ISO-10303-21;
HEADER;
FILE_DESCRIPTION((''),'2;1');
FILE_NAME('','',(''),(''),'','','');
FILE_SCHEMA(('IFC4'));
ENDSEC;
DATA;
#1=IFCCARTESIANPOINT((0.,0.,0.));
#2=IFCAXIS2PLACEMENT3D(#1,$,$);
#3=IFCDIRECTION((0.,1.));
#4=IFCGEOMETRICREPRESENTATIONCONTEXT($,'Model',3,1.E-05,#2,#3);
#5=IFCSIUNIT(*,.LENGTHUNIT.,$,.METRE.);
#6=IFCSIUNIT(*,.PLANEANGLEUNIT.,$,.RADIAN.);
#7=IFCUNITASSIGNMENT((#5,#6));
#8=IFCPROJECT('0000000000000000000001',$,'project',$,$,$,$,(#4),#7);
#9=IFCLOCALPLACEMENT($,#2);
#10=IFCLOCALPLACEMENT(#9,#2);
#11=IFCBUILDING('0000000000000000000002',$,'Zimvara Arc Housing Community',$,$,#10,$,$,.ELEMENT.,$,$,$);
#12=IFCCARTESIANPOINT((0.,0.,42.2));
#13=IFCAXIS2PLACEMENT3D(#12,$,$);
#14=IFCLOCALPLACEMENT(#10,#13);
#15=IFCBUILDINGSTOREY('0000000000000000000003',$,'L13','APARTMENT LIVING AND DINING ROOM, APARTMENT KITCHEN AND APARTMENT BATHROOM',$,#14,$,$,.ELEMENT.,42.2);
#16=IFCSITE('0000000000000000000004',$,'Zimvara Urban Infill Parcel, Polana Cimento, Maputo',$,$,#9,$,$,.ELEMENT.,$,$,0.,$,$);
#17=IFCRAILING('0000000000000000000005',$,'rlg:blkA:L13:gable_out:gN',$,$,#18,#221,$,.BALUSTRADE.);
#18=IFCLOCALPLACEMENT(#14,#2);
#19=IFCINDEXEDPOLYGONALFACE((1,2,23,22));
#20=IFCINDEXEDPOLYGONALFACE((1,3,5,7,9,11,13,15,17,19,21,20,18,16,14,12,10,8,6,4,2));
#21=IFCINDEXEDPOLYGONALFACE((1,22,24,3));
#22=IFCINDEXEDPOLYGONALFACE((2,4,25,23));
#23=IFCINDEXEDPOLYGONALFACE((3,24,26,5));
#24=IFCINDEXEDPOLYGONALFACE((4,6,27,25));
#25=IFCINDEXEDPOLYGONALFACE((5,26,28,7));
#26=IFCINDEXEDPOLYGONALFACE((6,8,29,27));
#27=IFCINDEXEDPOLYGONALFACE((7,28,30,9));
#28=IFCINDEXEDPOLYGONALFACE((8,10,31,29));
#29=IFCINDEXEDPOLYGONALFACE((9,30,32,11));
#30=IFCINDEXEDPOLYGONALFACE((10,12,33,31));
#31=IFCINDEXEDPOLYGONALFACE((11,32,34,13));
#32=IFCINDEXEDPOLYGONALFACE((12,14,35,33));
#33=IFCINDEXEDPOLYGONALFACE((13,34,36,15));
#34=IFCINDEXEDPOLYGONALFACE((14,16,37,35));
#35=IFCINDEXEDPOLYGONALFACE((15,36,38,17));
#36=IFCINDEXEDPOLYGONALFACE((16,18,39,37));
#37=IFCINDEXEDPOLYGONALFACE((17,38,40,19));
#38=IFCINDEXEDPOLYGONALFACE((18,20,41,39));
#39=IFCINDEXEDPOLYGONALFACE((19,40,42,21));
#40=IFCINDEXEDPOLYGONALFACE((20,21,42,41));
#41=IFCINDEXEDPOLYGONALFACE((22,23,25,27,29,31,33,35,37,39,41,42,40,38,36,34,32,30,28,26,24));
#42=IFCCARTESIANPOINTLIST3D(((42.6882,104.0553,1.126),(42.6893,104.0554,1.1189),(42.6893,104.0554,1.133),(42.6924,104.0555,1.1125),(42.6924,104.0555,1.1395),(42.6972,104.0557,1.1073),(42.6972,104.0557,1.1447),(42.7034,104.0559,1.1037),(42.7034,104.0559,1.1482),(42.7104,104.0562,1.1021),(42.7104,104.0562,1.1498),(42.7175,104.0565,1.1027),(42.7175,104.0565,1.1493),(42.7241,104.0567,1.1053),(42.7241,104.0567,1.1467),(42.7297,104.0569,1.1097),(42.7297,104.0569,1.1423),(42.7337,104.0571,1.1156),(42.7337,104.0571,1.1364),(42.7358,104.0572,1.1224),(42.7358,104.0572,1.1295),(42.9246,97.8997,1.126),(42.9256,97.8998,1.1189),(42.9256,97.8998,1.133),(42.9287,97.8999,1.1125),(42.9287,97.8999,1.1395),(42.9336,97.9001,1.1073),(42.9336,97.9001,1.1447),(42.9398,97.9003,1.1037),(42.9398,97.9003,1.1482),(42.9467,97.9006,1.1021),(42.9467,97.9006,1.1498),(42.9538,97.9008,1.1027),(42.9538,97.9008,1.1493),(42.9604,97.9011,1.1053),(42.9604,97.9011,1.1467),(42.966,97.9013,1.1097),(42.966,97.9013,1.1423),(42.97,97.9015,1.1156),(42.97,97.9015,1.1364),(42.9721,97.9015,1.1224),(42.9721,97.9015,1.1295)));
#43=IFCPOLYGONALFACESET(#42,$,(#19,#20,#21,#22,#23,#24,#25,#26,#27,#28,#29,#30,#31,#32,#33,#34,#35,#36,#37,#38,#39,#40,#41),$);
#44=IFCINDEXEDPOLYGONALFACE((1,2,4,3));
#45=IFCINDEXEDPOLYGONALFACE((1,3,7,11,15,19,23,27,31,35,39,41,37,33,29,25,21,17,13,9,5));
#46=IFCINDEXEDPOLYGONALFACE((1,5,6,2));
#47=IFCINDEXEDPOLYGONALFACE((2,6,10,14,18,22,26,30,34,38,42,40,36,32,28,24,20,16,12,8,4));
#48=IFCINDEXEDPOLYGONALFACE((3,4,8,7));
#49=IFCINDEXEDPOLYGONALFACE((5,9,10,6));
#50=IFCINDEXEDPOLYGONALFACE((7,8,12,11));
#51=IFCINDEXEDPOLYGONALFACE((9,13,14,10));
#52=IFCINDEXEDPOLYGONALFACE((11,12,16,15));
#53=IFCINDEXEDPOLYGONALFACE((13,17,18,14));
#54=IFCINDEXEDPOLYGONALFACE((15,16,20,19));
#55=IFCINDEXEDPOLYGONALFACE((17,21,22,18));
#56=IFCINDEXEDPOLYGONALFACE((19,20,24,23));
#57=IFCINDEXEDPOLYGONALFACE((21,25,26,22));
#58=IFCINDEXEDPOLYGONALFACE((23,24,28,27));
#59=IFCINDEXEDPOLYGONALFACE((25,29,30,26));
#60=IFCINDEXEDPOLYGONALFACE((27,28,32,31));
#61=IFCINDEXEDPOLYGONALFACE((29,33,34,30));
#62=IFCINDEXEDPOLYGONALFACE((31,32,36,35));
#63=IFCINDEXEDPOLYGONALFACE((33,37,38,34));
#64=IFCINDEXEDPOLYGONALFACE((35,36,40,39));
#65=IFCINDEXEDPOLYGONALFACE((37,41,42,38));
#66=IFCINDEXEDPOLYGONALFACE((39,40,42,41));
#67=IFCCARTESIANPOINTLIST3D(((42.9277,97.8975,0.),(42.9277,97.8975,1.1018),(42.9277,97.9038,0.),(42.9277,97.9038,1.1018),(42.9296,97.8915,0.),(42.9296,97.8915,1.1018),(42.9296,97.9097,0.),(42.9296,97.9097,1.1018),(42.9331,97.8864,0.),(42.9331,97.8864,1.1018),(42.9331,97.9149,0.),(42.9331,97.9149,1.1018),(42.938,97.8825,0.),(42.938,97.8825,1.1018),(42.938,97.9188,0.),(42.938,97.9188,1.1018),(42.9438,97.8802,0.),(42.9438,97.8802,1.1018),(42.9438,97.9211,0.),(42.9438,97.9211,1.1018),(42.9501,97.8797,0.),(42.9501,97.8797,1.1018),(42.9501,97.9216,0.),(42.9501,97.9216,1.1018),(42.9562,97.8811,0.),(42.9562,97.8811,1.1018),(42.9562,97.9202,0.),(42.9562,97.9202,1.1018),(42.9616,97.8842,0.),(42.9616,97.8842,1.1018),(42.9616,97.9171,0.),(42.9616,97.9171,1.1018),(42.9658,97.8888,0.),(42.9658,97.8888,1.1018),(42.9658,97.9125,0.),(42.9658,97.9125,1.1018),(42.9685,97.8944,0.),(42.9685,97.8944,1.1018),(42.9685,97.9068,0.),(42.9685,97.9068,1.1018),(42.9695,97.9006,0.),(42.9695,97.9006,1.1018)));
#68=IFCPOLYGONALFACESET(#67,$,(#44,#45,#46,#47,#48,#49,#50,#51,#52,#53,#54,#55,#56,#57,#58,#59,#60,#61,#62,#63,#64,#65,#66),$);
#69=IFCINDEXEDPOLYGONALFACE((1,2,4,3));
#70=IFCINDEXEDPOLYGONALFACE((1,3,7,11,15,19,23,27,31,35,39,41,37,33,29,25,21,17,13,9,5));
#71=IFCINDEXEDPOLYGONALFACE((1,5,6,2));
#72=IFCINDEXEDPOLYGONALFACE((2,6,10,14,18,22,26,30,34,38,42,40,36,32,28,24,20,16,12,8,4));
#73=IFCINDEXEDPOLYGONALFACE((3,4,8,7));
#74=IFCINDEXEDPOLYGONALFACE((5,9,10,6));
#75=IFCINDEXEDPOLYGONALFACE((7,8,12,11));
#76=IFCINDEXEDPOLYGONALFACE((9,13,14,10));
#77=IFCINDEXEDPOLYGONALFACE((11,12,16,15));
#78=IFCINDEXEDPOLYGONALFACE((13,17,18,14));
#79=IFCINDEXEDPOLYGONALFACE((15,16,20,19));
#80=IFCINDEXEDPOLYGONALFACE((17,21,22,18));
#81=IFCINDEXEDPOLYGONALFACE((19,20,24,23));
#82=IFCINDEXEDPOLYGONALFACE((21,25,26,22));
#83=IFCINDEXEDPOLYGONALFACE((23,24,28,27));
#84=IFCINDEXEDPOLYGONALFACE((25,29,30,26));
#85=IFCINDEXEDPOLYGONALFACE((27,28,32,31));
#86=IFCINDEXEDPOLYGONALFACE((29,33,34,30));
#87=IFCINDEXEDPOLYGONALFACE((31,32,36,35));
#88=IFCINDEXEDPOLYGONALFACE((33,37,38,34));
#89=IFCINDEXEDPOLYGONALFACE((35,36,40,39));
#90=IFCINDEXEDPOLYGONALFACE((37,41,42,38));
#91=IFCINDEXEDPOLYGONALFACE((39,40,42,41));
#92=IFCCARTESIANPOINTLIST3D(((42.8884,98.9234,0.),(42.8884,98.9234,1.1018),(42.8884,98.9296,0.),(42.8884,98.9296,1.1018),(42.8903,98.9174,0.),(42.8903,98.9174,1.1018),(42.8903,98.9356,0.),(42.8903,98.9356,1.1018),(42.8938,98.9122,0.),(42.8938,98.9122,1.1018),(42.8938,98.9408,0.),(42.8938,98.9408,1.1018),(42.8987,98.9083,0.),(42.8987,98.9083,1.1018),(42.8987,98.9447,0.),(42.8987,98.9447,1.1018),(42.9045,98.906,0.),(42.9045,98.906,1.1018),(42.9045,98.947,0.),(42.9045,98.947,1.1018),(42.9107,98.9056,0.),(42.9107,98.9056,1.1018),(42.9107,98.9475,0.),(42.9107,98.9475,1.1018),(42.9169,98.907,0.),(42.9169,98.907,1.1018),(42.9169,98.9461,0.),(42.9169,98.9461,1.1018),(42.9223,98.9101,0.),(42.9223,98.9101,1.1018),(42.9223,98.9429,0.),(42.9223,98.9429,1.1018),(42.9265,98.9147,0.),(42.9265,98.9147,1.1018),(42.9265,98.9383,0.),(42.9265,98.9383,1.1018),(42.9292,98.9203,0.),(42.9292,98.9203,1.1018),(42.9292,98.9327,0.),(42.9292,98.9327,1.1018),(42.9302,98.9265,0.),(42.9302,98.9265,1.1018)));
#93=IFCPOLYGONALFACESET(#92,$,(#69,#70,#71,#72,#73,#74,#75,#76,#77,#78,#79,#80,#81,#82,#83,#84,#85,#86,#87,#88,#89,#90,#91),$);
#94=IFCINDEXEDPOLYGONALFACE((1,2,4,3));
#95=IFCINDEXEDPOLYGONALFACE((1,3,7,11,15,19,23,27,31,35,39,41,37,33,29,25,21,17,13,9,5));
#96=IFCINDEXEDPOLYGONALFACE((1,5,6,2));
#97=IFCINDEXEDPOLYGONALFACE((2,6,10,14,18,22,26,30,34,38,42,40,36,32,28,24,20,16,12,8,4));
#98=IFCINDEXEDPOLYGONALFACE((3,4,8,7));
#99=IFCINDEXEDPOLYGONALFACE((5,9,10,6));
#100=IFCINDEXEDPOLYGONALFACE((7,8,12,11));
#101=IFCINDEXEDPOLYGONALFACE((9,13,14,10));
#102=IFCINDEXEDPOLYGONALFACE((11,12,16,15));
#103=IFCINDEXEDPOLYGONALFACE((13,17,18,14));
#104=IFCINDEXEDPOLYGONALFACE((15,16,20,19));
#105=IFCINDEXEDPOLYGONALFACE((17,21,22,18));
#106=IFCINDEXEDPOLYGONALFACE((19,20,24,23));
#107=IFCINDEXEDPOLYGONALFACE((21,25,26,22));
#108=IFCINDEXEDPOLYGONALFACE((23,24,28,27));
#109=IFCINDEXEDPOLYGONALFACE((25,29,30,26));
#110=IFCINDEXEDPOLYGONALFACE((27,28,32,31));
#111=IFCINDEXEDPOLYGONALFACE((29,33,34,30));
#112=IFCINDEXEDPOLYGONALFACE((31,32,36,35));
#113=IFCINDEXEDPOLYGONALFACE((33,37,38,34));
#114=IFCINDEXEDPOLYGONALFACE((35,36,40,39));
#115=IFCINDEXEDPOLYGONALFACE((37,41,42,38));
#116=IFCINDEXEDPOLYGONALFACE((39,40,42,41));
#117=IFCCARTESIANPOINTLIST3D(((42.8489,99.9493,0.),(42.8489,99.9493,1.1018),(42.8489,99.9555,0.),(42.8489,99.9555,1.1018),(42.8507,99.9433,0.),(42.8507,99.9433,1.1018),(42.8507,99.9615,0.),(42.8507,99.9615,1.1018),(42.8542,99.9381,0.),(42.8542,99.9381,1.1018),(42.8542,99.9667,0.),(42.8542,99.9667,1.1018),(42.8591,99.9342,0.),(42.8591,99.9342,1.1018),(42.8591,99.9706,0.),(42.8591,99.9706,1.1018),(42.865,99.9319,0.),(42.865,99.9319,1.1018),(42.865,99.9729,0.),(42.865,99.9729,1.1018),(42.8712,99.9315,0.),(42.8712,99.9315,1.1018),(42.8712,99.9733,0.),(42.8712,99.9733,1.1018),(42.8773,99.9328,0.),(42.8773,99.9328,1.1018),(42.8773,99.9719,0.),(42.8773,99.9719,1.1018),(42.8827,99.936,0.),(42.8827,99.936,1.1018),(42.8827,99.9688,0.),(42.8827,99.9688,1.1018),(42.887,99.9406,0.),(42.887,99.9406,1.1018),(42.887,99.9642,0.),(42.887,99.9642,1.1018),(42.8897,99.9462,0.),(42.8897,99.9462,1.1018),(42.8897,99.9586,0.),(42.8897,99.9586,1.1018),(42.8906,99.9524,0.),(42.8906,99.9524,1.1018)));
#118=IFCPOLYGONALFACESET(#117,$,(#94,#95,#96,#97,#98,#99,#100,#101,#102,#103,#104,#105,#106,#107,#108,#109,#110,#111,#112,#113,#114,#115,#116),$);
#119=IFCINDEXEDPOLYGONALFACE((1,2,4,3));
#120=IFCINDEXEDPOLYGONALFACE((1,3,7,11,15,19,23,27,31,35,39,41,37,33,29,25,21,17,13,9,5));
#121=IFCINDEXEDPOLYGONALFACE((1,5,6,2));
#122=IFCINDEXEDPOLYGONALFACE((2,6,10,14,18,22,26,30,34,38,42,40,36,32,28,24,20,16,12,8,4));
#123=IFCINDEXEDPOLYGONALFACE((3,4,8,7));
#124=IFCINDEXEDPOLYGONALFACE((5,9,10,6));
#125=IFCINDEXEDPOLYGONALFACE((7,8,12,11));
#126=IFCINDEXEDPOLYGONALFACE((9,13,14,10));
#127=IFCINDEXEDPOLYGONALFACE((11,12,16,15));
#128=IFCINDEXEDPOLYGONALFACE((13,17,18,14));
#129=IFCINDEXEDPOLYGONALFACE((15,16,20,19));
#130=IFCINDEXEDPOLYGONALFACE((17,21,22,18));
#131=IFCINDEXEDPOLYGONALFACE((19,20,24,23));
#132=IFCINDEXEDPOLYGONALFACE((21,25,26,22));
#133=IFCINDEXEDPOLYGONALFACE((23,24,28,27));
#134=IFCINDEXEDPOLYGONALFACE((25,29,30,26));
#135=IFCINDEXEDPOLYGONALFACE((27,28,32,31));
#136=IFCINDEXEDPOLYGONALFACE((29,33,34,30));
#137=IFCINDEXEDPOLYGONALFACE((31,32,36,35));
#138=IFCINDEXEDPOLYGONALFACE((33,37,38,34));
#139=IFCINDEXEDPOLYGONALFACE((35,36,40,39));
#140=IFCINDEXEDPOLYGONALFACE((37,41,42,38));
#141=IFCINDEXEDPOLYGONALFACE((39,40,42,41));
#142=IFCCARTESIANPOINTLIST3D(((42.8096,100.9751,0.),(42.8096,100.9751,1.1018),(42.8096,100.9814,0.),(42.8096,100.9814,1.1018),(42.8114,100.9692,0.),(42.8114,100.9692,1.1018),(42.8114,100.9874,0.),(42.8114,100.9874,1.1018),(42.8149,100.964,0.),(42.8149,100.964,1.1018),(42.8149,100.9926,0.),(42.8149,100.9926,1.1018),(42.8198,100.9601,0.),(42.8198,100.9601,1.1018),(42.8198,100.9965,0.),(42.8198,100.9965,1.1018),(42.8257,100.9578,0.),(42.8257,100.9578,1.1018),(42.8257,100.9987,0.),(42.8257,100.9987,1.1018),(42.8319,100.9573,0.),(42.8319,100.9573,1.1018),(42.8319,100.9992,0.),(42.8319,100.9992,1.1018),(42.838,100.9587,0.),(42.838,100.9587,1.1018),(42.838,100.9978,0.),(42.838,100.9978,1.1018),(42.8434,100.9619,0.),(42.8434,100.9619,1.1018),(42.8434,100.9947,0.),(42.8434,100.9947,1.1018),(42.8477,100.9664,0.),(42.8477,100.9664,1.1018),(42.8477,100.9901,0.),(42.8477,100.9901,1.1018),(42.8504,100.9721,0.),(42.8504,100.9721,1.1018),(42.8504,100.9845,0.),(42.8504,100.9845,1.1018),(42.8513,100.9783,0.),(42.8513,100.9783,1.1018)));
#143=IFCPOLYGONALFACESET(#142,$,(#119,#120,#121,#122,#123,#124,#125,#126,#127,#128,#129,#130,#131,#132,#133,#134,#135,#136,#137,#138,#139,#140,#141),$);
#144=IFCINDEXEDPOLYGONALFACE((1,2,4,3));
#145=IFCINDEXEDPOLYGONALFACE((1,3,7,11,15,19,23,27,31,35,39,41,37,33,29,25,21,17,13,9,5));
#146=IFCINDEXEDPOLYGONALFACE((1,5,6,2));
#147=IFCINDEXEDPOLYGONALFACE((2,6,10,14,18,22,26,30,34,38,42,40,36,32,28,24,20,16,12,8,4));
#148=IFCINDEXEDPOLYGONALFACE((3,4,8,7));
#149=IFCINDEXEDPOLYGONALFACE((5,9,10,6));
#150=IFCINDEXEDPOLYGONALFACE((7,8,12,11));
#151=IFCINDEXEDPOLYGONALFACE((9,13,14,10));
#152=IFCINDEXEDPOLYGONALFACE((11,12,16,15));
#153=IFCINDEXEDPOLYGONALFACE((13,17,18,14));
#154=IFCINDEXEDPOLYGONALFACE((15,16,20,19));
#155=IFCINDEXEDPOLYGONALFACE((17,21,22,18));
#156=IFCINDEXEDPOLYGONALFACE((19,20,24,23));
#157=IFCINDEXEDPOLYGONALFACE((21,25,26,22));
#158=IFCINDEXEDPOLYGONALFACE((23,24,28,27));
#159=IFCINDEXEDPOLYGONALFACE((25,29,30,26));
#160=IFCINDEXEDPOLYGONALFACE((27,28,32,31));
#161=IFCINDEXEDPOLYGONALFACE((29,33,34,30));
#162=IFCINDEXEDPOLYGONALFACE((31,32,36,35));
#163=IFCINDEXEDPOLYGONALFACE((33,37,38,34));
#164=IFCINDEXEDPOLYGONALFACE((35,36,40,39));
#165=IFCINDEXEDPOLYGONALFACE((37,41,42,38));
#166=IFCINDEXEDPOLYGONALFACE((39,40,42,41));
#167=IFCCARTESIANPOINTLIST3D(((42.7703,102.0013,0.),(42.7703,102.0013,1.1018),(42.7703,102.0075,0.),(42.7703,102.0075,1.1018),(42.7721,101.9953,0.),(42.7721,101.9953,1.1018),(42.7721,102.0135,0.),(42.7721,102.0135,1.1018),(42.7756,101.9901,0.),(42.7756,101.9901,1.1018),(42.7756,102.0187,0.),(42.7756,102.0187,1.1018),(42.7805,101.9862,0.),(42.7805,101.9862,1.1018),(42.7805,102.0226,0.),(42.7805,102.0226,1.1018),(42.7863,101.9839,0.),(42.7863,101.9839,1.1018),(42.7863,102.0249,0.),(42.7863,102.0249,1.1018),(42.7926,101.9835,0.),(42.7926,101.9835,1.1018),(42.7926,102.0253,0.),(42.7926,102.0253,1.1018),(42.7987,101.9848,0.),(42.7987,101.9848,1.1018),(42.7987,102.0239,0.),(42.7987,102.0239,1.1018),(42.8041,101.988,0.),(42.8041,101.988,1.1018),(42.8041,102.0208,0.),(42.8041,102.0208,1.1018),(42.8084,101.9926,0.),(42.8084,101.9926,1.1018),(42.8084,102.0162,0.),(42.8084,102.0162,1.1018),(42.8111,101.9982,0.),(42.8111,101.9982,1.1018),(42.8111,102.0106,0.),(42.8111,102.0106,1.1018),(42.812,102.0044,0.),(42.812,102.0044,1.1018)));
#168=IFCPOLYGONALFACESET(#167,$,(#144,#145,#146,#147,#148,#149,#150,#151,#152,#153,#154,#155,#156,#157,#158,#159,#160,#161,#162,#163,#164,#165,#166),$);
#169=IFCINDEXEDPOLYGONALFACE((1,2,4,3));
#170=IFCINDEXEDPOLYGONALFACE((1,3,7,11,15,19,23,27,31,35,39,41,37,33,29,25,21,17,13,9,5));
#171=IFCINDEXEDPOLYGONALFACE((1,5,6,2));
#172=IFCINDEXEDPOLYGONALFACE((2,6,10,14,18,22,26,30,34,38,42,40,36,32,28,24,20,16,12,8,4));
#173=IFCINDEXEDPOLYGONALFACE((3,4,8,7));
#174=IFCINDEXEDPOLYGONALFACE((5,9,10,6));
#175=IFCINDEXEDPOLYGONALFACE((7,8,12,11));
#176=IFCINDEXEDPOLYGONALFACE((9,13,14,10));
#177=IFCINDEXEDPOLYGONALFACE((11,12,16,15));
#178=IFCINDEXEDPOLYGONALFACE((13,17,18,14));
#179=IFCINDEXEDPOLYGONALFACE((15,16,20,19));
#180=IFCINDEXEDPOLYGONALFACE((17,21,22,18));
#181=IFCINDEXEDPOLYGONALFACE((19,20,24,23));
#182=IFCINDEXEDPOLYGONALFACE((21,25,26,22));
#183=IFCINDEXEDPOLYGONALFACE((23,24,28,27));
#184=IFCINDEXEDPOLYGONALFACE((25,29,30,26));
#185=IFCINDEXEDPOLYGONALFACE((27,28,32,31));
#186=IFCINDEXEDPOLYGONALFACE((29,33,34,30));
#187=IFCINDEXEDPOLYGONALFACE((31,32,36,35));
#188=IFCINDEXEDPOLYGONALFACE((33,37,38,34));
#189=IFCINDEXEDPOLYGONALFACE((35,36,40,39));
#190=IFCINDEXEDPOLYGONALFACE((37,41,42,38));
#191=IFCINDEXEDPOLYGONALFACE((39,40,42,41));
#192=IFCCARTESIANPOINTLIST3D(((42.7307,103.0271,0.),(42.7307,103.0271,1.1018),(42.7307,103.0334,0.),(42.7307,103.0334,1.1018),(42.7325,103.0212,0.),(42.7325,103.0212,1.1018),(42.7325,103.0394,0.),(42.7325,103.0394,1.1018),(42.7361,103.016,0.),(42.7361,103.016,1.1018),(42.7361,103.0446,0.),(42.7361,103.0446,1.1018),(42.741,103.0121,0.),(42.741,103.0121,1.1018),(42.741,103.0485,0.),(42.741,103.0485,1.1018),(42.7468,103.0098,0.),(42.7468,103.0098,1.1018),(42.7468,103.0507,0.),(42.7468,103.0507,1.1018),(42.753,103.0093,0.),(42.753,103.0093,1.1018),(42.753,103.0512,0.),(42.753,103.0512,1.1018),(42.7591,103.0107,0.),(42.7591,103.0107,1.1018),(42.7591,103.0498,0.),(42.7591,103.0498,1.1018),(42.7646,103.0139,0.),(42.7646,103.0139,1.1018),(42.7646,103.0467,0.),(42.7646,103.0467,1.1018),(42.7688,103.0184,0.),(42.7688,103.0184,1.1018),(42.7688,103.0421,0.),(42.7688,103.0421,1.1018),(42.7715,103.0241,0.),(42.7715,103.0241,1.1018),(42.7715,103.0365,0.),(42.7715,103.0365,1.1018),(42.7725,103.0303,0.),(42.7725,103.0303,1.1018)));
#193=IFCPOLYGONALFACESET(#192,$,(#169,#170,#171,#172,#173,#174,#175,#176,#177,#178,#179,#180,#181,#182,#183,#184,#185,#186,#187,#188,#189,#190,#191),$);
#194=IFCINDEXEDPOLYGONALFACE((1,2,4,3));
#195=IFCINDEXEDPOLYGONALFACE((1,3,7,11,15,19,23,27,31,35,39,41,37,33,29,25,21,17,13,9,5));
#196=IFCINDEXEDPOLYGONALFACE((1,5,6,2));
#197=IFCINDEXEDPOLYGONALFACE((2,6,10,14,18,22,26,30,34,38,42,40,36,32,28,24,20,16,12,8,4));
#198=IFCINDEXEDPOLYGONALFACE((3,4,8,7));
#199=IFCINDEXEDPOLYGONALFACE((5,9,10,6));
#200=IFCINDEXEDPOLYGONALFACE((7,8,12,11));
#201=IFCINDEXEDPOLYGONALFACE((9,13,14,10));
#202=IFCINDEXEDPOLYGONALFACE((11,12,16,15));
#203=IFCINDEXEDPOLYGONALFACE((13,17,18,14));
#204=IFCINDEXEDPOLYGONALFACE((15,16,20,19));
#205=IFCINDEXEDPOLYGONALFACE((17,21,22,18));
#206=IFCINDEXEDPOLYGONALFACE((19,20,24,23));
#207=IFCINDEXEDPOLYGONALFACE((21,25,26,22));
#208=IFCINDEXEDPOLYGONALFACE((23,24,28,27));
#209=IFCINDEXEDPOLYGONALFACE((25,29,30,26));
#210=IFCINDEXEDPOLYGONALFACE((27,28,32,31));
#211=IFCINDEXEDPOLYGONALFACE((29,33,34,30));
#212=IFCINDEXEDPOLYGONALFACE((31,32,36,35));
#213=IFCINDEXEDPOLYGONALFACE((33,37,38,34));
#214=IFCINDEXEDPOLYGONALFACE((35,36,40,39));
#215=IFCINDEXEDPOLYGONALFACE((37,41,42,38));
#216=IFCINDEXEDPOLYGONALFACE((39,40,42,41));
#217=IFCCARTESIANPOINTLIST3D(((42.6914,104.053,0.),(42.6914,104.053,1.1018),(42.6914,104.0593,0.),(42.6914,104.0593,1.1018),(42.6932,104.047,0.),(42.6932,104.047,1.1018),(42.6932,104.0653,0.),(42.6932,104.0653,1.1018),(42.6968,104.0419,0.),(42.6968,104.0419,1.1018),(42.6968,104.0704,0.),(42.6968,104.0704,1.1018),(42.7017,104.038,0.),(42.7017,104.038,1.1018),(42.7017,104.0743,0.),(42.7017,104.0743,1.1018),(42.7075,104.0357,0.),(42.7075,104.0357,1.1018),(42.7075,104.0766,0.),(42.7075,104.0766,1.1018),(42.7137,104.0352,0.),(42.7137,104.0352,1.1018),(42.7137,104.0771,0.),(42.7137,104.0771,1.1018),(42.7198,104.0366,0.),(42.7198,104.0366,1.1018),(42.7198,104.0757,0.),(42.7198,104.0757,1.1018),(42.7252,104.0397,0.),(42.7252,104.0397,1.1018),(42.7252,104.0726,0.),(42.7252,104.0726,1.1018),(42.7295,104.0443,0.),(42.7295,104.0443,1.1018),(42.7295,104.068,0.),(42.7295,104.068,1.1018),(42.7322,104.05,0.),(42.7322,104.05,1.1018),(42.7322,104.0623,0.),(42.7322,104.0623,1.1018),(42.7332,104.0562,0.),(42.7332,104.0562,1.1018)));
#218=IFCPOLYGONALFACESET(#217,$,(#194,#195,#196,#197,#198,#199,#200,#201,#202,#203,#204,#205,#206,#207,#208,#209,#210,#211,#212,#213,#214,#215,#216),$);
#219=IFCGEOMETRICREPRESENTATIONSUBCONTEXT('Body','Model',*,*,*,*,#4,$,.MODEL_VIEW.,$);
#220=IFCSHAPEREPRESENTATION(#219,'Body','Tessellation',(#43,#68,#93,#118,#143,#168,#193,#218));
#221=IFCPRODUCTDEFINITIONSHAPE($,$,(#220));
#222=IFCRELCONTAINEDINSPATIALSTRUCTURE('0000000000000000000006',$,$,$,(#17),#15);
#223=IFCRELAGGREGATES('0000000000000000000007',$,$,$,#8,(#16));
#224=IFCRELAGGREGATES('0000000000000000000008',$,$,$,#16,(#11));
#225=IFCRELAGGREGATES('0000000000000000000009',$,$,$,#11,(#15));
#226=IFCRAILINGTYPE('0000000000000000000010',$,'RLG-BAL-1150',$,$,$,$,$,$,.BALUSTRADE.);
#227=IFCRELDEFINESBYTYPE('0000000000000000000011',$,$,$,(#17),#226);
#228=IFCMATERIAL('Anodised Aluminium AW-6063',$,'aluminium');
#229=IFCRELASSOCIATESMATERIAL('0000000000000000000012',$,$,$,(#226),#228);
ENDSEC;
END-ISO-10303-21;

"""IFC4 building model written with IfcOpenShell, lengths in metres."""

from ifc_helpers import new_model, si_unit, direction, frame, origin, origin_2d, place, context, subcontext, project, spatial, circle, extrude, material, type_object, element, save


model = new_model("IFC4")

# Units and contexts
model_context = context("Model", 3, precision=1e-05, world=origin(), true_north=direction((0.0, 1.0)))
body_context = subcontext(model_context, "Body", "Model", "MODEL_VIEW")
ifc_project = project(units=[si_unit("LENGTHUNIT", "METRE"), si_unit("PLANEANGLEUNIT", "RADIAN")], contexts=[model_context])

# Site, building, storey
site_placement = place(None, origin())
site = spatial("IfcSite", under=ifc_project, at=site_placement, Name="Zimvara Urban Infill Parcel, Polana Cimento, Maputo", CompositionType="ELEMENT", RefElevation=0.0)
building_placement = place(site_placement, origin())
building = spatial("IfcBuilding", under=site, at=building_placement, Name="Zimvara Arc Housing Community", CompositionType="ELEMENT")
storey_placement = place(building_placement, frame((0.0, 0.0, 42.2)))
storey = spatial("IfcBuildingStorey", under=building, at=storey_placement, Name="L13", Description="APARTMENT LIVING AND DINING ROOM, APARTMENT KITCHEN AND APARTMENT BATHROOM", CompositionType="ELEMENT", Elevation=42.2)

# Railing
ifc_material_1 = material(Name="Anodised Aluminium AW-6063", Category="aluminium")
railing_type_1 = type_object("IfcRailingType", Name="RLG-BAL-1150", PredefinedType="BALUSTRADE", material=ifc_material_1)
railing_1_placement = place(storey_placement, frame((42.9485, 97.9006, 0.0)))
element("IfcRailing", 1, at=railing_1_placement, inside=storey, type_object=railing_type_1, Name="rlg:blkA:L13:gable_out:gN", PredefinedType="BALUSTRADE", context=body_context, shape_type="SweptSolid", body=[
    extrude(circle(Radius=0.0239, at=origin_2d()), frame((0.0, 0.0, 1.126), z_axis=(-0.038365, 0.999264, 0.0), x_axis=(-0.999264, -0.038365, 0.0)), (0.0, 0.0, 1.0), 6.1602),
    extrude(circle(Radius=0.021, at=origin_2d()), origin(), (0.0, 0.0, 1.0), 1.1018),
    extrude(circle(Radius=0.021, at=origin_2d()), frame((-0.0393, 1.0259, 0.0)), (0.0, 0.0, 1.0), 1.1018),
    extrude(circle(Radius=0.021, at=origin_2d()), frame((-0.0789, 2.0518, 0.0)), (0.0, 0.0, 1.0), 1.1018),
    extrude(circle(Radius=0.021, at=origin_2d()), frame((-0.1182, 3.0776, 0.0)), (0.0, 0.0, 1.0), 1.1018),
    extrude(circle(Radius=0.021, at=origin_2d()), frame((-0.1575, 4.1038, 0.0)), (0.0, 0.0, 1.0), 1.1018),
    extrude(circle(Radius=0.021, at=origin_2d()), frame((-0.197, 5.1296, 0.0)), (0.0, 0.0, 1.0), 1.1018),
    extrude(circle(Radius=0.021, at=origin_2d()), frame((-0.2363, 6.1555, 0.0)), (0.0, 0.0, 1.0), 1.1018),
])

save(model, "model.ifc")
